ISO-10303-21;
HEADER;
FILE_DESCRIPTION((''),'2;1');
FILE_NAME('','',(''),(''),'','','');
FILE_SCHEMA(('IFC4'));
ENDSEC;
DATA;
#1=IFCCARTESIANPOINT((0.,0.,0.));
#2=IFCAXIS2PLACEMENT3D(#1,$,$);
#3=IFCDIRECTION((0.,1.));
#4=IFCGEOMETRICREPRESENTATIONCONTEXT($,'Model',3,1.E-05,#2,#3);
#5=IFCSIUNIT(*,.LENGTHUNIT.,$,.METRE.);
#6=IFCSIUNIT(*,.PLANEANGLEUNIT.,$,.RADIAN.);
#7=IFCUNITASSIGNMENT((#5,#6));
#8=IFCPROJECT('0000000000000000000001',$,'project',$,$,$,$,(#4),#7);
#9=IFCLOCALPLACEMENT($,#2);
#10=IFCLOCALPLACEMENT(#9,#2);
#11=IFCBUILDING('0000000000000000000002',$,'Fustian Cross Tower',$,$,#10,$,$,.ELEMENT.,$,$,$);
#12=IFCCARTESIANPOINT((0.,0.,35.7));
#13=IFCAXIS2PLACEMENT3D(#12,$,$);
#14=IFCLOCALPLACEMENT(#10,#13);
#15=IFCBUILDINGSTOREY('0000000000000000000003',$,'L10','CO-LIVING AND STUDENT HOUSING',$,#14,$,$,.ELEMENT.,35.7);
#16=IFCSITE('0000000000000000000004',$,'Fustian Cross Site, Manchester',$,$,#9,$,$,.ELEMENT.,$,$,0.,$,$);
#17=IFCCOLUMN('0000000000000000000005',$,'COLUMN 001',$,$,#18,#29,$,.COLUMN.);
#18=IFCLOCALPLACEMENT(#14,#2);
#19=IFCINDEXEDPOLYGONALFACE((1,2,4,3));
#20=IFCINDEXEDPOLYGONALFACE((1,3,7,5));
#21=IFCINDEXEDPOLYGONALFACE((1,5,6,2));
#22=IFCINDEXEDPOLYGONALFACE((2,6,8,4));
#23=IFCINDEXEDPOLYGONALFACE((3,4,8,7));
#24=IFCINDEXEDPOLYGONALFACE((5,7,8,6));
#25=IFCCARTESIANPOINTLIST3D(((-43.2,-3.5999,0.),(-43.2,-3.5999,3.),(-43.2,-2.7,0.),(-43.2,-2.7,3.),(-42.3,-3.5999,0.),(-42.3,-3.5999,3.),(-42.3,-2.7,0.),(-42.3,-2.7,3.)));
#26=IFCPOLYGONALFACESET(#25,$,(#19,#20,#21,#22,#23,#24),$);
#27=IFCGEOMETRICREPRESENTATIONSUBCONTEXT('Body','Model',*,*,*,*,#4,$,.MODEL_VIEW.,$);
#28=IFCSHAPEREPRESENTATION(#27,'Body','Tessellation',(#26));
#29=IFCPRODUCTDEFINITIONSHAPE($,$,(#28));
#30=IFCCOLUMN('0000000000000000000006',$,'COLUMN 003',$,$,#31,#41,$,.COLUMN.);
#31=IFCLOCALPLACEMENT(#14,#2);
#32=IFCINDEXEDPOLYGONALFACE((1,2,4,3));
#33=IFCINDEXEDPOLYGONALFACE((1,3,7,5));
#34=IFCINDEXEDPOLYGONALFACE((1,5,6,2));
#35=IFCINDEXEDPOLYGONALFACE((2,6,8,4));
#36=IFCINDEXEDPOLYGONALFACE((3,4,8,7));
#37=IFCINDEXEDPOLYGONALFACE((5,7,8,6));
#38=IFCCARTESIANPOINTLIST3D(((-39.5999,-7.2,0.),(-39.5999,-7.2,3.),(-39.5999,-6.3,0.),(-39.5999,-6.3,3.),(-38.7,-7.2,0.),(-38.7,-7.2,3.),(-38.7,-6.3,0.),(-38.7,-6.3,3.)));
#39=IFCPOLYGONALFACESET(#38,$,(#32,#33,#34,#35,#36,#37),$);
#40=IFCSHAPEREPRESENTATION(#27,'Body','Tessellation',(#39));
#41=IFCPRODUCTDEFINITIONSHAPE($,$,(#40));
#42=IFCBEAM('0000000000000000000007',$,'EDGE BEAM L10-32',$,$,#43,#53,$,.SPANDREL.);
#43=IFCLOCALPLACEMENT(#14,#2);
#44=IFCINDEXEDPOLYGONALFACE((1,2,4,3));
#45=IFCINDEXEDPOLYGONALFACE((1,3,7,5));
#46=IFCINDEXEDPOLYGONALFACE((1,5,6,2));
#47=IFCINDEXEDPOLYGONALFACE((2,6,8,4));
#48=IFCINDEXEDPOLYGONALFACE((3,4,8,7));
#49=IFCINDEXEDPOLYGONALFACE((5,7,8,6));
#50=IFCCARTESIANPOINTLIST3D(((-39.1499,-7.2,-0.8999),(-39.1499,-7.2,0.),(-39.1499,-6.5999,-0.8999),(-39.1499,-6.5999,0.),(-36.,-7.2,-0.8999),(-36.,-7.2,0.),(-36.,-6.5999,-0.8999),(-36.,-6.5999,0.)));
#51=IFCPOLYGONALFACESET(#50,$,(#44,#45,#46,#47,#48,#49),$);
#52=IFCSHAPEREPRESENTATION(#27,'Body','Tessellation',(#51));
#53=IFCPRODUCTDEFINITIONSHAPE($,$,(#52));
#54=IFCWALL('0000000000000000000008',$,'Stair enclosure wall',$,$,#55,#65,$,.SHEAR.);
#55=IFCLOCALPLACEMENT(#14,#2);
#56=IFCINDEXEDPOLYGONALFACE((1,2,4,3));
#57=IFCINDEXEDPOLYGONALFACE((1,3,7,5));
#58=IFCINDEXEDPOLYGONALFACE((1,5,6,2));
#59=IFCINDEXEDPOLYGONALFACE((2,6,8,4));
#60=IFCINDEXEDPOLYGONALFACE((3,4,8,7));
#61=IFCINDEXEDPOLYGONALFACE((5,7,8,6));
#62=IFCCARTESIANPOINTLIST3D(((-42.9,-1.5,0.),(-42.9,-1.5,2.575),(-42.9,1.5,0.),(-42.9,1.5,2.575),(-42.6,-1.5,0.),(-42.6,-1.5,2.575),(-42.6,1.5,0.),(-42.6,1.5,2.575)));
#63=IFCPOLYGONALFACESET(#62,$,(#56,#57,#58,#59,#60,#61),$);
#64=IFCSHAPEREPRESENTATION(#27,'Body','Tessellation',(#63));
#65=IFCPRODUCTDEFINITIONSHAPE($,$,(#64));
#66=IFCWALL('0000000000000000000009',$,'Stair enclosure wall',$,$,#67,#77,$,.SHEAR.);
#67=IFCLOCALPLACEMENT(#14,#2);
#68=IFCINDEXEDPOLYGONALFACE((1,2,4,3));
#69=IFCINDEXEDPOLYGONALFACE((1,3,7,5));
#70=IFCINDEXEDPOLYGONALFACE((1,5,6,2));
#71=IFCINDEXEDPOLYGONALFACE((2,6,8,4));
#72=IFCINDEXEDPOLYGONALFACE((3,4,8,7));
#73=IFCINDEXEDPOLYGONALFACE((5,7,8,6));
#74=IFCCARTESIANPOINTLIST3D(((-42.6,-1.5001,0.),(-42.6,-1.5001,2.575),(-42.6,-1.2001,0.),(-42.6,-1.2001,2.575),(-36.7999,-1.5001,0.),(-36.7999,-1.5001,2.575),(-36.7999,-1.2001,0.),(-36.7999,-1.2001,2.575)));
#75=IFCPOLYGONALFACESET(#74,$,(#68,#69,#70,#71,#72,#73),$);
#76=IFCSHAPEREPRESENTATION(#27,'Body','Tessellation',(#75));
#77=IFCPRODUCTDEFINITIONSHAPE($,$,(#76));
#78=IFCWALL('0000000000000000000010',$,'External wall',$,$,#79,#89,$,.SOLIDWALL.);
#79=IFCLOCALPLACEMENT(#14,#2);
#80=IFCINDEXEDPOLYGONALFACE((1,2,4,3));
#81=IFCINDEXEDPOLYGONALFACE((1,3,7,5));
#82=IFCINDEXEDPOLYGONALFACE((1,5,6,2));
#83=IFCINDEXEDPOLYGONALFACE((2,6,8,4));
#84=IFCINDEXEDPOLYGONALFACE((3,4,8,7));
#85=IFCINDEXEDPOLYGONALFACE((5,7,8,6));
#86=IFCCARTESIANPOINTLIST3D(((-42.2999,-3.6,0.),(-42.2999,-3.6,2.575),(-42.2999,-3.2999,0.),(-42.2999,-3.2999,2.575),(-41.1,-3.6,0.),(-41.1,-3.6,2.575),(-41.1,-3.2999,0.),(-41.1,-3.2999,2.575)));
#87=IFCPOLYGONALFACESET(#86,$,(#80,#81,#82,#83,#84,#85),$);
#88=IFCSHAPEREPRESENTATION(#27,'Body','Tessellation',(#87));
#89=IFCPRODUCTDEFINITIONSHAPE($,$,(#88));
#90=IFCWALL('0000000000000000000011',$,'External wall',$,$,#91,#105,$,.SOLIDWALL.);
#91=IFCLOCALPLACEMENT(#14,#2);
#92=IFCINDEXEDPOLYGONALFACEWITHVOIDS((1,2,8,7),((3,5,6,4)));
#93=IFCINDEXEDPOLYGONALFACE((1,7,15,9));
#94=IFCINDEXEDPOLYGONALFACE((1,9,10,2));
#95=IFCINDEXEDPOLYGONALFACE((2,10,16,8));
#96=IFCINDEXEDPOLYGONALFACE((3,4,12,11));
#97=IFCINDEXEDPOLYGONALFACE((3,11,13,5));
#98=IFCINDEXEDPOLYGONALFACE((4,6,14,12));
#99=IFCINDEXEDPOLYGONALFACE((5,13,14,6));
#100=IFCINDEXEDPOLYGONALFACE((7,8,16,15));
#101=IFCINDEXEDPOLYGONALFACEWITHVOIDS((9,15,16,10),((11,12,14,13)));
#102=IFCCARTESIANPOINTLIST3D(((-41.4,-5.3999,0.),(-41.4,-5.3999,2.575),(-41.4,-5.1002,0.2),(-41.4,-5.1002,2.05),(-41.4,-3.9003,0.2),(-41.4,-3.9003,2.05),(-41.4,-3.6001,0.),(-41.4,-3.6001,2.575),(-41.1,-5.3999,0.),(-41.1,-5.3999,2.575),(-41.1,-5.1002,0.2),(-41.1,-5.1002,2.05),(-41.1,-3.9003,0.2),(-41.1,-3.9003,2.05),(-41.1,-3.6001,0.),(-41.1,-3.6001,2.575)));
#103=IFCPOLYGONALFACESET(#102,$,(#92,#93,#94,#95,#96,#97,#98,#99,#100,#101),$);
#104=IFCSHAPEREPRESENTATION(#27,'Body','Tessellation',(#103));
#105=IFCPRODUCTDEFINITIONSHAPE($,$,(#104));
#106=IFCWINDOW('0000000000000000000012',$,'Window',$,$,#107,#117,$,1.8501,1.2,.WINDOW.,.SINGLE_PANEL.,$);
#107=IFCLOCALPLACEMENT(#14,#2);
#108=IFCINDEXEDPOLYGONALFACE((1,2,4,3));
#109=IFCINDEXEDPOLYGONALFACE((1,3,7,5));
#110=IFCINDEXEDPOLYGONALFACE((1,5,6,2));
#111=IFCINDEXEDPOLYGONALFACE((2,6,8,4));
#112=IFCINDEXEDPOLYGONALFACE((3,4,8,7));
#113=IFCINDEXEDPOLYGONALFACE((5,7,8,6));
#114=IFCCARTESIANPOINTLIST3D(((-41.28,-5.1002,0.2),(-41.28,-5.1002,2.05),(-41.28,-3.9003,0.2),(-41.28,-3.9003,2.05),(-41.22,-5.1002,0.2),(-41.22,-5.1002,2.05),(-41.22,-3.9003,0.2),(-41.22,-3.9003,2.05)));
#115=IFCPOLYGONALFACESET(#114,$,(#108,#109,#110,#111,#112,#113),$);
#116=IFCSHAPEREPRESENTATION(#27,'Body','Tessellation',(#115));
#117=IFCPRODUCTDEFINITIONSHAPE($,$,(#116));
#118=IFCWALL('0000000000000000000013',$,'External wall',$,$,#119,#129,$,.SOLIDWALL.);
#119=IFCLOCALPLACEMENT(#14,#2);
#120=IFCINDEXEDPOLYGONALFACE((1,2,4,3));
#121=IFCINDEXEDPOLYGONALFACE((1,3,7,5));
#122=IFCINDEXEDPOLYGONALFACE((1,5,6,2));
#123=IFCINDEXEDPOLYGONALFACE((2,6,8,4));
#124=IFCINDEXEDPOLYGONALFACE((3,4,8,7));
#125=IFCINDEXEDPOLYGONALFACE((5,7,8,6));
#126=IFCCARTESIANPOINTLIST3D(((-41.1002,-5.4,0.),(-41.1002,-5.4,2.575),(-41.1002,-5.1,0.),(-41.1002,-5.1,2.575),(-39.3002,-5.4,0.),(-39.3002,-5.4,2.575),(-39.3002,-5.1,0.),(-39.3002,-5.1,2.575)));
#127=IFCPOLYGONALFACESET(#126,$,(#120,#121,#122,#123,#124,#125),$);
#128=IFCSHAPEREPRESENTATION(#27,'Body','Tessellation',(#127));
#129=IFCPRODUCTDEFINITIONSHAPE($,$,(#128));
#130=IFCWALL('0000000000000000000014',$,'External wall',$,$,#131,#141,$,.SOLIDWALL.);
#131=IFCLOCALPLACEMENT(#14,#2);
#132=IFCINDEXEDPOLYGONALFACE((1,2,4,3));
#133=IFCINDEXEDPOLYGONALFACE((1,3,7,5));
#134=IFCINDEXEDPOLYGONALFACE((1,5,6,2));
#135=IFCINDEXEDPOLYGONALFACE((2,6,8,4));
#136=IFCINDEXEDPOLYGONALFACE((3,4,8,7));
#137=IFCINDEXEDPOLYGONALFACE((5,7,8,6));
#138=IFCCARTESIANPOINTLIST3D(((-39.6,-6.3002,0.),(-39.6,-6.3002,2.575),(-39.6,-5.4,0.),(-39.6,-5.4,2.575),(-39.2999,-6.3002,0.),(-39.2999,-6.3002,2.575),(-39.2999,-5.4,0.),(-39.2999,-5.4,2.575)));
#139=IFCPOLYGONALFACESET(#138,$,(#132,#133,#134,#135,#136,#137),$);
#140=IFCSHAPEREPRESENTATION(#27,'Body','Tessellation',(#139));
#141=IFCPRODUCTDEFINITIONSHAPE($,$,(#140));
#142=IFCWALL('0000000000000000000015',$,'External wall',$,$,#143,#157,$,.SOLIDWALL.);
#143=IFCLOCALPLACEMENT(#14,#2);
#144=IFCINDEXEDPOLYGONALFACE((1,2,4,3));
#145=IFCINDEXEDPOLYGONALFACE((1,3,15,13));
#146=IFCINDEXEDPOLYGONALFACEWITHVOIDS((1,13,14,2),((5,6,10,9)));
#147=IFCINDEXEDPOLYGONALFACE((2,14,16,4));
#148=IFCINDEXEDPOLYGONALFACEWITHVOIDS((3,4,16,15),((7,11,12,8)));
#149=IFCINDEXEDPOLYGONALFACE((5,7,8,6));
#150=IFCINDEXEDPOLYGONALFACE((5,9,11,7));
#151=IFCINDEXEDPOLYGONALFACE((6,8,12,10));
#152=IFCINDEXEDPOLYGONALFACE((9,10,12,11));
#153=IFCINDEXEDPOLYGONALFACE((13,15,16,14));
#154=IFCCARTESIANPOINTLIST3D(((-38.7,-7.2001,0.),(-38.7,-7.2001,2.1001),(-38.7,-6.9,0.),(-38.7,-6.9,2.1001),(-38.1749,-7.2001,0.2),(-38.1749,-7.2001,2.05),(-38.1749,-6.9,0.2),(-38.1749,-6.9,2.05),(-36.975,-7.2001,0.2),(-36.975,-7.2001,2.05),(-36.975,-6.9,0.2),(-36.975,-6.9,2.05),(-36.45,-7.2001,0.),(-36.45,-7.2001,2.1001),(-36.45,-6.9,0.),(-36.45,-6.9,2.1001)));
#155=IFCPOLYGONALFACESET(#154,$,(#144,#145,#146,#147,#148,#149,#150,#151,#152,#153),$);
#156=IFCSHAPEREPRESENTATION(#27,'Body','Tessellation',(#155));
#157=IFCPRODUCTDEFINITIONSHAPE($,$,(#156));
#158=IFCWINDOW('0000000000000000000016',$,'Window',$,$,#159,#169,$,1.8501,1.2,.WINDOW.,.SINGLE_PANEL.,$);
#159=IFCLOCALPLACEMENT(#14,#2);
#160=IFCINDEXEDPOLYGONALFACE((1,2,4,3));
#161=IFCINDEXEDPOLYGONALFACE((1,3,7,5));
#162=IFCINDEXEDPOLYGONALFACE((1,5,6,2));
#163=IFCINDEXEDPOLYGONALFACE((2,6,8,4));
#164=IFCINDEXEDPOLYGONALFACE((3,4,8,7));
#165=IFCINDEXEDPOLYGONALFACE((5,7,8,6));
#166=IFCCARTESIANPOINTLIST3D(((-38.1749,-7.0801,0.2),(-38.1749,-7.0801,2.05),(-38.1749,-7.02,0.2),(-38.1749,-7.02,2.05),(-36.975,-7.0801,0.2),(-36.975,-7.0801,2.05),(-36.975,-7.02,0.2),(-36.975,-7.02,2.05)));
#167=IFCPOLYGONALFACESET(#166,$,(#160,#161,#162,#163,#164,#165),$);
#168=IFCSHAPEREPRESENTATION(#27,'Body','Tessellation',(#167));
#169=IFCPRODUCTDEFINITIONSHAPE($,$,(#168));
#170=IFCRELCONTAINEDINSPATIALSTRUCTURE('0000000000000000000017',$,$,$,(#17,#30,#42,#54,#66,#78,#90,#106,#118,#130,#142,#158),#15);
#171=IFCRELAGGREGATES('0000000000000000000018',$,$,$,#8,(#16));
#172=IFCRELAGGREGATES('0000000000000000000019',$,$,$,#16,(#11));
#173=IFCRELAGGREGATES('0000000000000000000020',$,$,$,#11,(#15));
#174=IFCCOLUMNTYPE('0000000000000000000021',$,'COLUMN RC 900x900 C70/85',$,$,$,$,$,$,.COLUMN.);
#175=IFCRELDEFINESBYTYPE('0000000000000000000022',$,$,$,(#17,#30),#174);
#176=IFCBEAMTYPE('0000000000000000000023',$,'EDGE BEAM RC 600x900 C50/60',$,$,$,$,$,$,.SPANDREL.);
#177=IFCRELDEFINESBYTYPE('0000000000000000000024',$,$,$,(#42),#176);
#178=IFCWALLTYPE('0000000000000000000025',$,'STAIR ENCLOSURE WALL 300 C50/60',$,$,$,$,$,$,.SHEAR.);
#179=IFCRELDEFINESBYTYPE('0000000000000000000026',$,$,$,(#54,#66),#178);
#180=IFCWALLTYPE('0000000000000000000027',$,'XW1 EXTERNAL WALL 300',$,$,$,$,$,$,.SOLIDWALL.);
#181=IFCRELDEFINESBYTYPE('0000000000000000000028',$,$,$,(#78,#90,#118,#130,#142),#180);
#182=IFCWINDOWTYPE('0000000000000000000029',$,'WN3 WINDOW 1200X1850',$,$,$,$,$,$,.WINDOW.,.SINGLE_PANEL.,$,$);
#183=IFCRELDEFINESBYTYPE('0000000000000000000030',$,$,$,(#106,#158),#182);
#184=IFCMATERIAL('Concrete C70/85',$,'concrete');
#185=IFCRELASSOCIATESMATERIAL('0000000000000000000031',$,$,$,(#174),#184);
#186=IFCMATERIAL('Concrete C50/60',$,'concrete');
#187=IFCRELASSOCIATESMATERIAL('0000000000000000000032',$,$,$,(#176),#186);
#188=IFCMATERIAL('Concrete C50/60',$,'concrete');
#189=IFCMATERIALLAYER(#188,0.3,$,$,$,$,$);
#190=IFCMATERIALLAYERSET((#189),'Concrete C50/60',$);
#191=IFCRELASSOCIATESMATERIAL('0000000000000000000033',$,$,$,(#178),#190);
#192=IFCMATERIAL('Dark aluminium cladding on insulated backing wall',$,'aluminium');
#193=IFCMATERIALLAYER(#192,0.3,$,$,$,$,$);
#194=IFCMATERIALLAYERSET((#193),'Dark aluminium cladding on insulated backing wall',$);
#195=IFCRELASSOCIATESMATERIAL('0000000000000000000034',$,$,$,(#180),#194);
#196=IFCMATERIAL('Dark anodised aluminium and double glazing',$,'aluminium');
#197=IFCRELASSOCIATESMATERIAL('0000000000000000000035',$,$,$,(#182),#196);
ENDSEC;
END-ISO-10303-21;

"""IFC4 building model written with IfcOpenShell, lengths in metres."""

from ifc_helpers import new_model, si_unit, direction, frame, frame_2d, origin, origin_2d, place, context, subcontext, project, spatial, rectangle, extrude, material, layer, layer_set, material_profile, profile_set, type_object, element, fill, save


model = new_model("IFC4")

# Units and contexts
model_context = context("Model", 3, precision=1e-05, world=origin(), true_north=direction((0.0, 1.0)))
body_context = subcontext(model_context, "Body", "Model", "MODEL_VIEW")
ifc_project = project(units=[si_unit("LENGTHUNIT", "METRE"), si_unit("PLANEANGLEUNIT", "RADIAN")], contexts=[model_context])

# Site, building, storey
site_placement = place(None, origin())
site = spatial("IfcSite", under=ifc_project, at=site_placement, Name="Fustian Cross Site, Manchester", CompositionType="ELEMENT", RefElevation=0.0)
building_placement = place(site_placement, origin())
building = spatial("IfcBuilding", under=site, at=building_placement, Name="Fustian Cross Tower", CompositionType="ELEMENT")
storey_placement = place(building_placement, frame((0.0, 0.0, 35.7)))
storey = spatial("IfcBuildingStorey", under=building, at=storey_placement, Name="L10", Description="CO-LIVING AND STUDENT HOUSING", CompositionType="ELEMENT", Elevation=35.7)

# Columns
ifc_material_1 = material(Name="Concrete C70/85", Category="concrete")
ifc_material_profile_1 = material_profile(ifc_material_1, rectangle(XDim=0.8999, YDim=0.8999, at=origin_2d()), Name="RC 900x900")
ifc_profile_set_1 = profile_set([ifc_material_profile_1], Name="Concrete C70/85")
column_type = type_object("IfcColumnType", Name="COLUMN RC 900x900 C70/85", PredefinedType="COLUMN", material=ifc_profile_set_1)
for number, where, z_axis, x_axis, name in (
    (1, (-42.75, -3.1499, 0.0), (0.0, 0.0, 1.0), (1.0, 0.0, 0.0), "COLUMN 001"),
    (2, (-39.1499, -6.75, 0.0), (0.0, 0.0, 1.0), (1.0, 0.0, 0.0), "COLUMN 003"),
):
    element("IfcColumn", number, at=place(storey_placement, frame(where, z_axis=z_axis, x_axis=x_axis)), inside=storey, type_object=column_type, Name=name, PredefinedType="COLUMN", context=body_context, shape_type="SweptSolid", body=[
        extrude(rectangle(XDim=0.8999, YDim=0.8999, at=origin_2d()), origin(), (0.0, 0.0, 1.0), 3.0),
    ])

# Beam
ifc_material_2 = material(Name="Concrete C50/60", Category="concrete")
ifc_material_profile_2 = material_profile(ifc_material_2, rectangle(XDim=0.6001, YDim=0.8999, at=origin_2d()), Name="RC 600x900")
ifc_profile_set_2 = profile_set([ifc_material_profile_2], Name="Concrete C50/60")
beam_type = type_object("IfcBeamType", Name="EDGE BEAM RC 600x900 C50/60", PredefinedType="SPANDREL", material=ifc_profile_set_2)
beam_placement = place(storey_placement, frame((-39.1499, -6.8999, -0.45), z_axis=(1.0, 0.0, 0.0), x_axis=(0.0, 1.0, 0.0)))
element("IfcBeam", 3, at=beam_placement, inside=storey, type_object=beam_type, Name="EDGE BEAM L10-32", PredefinedType="SPANDREL", context=body_context, shape_type="SweptSolid", body=[
    extrude(rectangle(XDim=0.6001, YDim=0.8999, at=origin_2d()), origin(), (0.0, 0.0, 1.0), 3.1499),
])

# Walls
ifc_material_3 = material(Name="Concrete C50/60", Category="concrete")
ifc_layer_1 = layer(ifc_material_3, 0.3)
ifc_layer_set_1 = layer_set([ifc_layer_1], Name="Concrete C50/60")
wall_type_1 = type_object("IfcWallType", Name="STAIR ENCLOSURE WALL 300 C50/60", PredefinedType="SHEAR", material=ifc_layer_set_1)
wall_1_placement = place(storey_placement, frame((-42.75, -1.5, 0.0), z_axis=(0.0, 0.0, 1.0), x_axis=(0.0, 1.0, 0.0)))
element("IfcWall", 4, at=wall_1_placement, inside=storey, type_object=wall_type_1, Name="Stair enclosure wall", PredefinedType="SHEAR", context=body_context, shape_type="SweptSolid", body=[
    extrude(rectangle(XDim=3.0, YDim=0.3, at=frame_2d((1.5, 0.0))), origin(), (0.0, 0.0, 1.0), 2.575),
])
wall_2_placement = place(storey_placement, frame((-36.8, -1.3501, 0.0), z_axis=(0.0, 0.0, 1.0), x_axis=(-1.0, 0.0, 0.0)))
element("IfcWall", 5, at=wall_2_placement, inside=storey, type_object=wall_type_1, Name="Stair enclosure wall", PredefinedType="SHEAR", context=body_context, shape_type="SweptSolid", body=[
    extrude(rectangle(XDim=5.8, YDim=0.3, at=frame_2d((2.8999, 0.0))), origin(), (0.0, 0.0, 1.0), 2.575),
])
ifc_material_4 = material(Name="Dark aluminium cladding on insulated backing wall", Category="aluminium")
ifc_layer_2 = layer(ifc_material_4, 0.3)
ifc_layer_set_2 = layer_set([ifc_layer_2], Name="Dark aluminium cladding on insulated backing wall")
wall_type_2 = type_object("IfcWallType", Name="XW1 EXTERNAL WALL 300", PredefinedType="SOLIDWALL", material=ifc_layer_set_2)
wall_3_placement = place(storey_placement, frame((-42.3, -3.45, 0.0), z_axis=(0.0, 0.0, 1.0), x_axis=(1.0, 0.0, 0.0)))
element("IfcWall", 6, at=wall_3_placement, inside=storey, type_object=wall_type_2, Name="External wall", PredefinedType="SOLIDWALL", context=body_context, shape_type="SweptSolid", body=[
    extrude(rectangle(XDim=1.2, YDim=0.3, at=frame_2d((0.6001, 0.0))), origin(), (0.0, 0.0, 1.0), 2.575),
])

# Wall, opening, window
wall_4_placement = place(storey_placement, frame((-41.25, -3.6001, 0.0), z_axis=(0.0, 0.0, 1.0), x_axis=(0.0, -1.0, 0.0)))
wall_4 = element("IfcWall", 7, at=wall_4_placement, inside=storey, type_object=wall_type_2, Name="External wall", PredefinedType="SOLIDWALL", context=body_context, shape_type="SweptSolid", body=[
    extrude(rectangle(XDim=1.7998, YDim=0.3, at=frame_2d((0.8999, 0.0))), origin(), (0.0, 0.0, 1.0), 2.575),
])
opening_1_placement = place(wall_4_placement, frame((0.3, 0.0, 0.2)))
opening_1 = element("IfcOpeningElement", 8, at=opening_1_placement, cuts=wall_4, PredefinedType="OPENING", context=body_context, shape_type="SweptSolid", body=[
    extrude(rectangle(XDim=1.2, YDim=1.8501, at=frame_2d((0.6001, 0.925))), frame((0.0, 0.1599, 0.0), z_axis=(0.0, -1.0, 0.0), x_axis=(1.0, 0.0, 0.0)), (0.0, 0.0, 1.0), 0.3201),
])
ifc_material_5 = material(Name="Dark anodised aluminium and double glazing", Category="aluminium")
window_type = type_object("IfcWindowType", Name="WN3 WINDOW 1200X1850", PartitioningType="SINGLE_PANEL", PredefinedType="WINDOW", material=ifc_material_5)
window_1_placement = place(opening_1_placement, origin())
window_1 = element("IfcWindow", 9, at=window_1_placement, inside=storey, type_object=window_type, Name="Window", OverallHeight=1.8501, OverallWidth=1.2, PartitioningType="SINGLE_PANEL", PredefinedType="WINDOW", context=body_context, shape_type="SweptSolid", body=[
    extrude(rectangle(XDim=1.2, YDim=1.8501, at=frame_2d((0.6001, 0.925))), frame((0.0, 0.03, 0.0), z_axis=(0.0, -1.0, 0.0), x_axis=(1.0, 0.0, 0.0)), (0.0, 0.0, 1.0), 0.0601),
])
fill(opening_1, window_1)

# Walls
wall_5_placement = place(storey_placement, frame((-41.1001, -5.25, 0.0), z_axis=(0.0, 0.0, 1.0), x_axis=(1.0, 0.0, 0.0)))
element("IfcWall", 10, at=wall_5_placement, inside=storey, type_object=wall_type_2, Name="External wall", PredefinedType="SOLIDWALL", context=body_context, shape_type="SweptSolid", body=[
    extrude(rectangle(XDim=1.8, YDim=0.3, at=frame_2d((0.8999, 0.0))), origin(), (0.0, 0.0, 1.0), 2.575),
])
wall_6_placement = place(storey_placement, frame((-39.45, -5.3999, 0.0), z_axis=(0.0, 0.0, 1.0), x_axis=(0.0, -1.0, 0.0)))
element("IfcWall", 11, at=wall_6_placement, inside=storey, type_object=wall_type_2, Name="External wall", PredefinedType="SOLIDWALL", context=body_context, shape_type="SweptSolid", body=[
    extrude(rectangle(XDim=0.9001, YDim=0.3, at=frame_2d((0.4502, 0.0))), origin(), (0.0, 0.0, 1.0), 2.575),
])

# Wall, opening, window
wall_7_placement = place(storey_placement, frame((-38.7, -7.05, 0.0), z_axis=(0.0, 0.0, 1.0), x_axis=(1.0, 0.0, 0.0)))
wall_7 = element("IfcWall", 12, at=wall_7_placement, inside=storey, type_object=wall_type_2, Name="External wall", PredefinedType="SOLIDWALL", context=body_context, shape_type="SweptSolid", body=[
    extrude(rectangle(XDim=2.25, YDim=0.3, at=frame_2d((1.125, 0.0))), origin(), (0.0, 0.0, 1.0), 2.1001),
])
opening_2_placement = place(wall_7_placement, frame((0.5249, 0.0, 0.2)))
opening_2 = element("IfcOpeningElement", 13, at=opening_2_placement, cuts=wall_7, PredefinedType="OPENING", context=body_context, shape_type="SweptSolid", body=[
    extrude(rectangle(XDim=1.2, YDim=1.8501, at=frame_2d((0.6001, 0.925))), frame((0.0, 0.1599, 0.0), z_axis=(0.0, -1.0, 0.0), x_axis=(1.0, 0.0, 0.0)), (0.0, 0.0, 1.0), 0.3201),
])
window_2_placement = place(opening_2_placement, origin())
window_2 = element("IfcWindow", 14, at=window_2_placement, inside=storey, type_object=window_type, Name="Window", OverallHeight=1.8501, OverallWidth=1.2, PartitioningType="SINGLE_PANEL", PredefinedType="WINDOW", context=body_context, shape_type="SweptSolid", body=[
    extrude(rectangle(XDim=1.2, YDim=1.8501, at=frame_2d((0.6001, 0.925))), frame((0.0, 0.03, 0.0), z_axis=(0.0, -1.0, 0.0), x_axis=(1.0, 0.0, 0.0)), (0.0, 0.0, 1.0), 0.0601),
])
fill(opening_2, window_2)

save(model, "model.ifc")
